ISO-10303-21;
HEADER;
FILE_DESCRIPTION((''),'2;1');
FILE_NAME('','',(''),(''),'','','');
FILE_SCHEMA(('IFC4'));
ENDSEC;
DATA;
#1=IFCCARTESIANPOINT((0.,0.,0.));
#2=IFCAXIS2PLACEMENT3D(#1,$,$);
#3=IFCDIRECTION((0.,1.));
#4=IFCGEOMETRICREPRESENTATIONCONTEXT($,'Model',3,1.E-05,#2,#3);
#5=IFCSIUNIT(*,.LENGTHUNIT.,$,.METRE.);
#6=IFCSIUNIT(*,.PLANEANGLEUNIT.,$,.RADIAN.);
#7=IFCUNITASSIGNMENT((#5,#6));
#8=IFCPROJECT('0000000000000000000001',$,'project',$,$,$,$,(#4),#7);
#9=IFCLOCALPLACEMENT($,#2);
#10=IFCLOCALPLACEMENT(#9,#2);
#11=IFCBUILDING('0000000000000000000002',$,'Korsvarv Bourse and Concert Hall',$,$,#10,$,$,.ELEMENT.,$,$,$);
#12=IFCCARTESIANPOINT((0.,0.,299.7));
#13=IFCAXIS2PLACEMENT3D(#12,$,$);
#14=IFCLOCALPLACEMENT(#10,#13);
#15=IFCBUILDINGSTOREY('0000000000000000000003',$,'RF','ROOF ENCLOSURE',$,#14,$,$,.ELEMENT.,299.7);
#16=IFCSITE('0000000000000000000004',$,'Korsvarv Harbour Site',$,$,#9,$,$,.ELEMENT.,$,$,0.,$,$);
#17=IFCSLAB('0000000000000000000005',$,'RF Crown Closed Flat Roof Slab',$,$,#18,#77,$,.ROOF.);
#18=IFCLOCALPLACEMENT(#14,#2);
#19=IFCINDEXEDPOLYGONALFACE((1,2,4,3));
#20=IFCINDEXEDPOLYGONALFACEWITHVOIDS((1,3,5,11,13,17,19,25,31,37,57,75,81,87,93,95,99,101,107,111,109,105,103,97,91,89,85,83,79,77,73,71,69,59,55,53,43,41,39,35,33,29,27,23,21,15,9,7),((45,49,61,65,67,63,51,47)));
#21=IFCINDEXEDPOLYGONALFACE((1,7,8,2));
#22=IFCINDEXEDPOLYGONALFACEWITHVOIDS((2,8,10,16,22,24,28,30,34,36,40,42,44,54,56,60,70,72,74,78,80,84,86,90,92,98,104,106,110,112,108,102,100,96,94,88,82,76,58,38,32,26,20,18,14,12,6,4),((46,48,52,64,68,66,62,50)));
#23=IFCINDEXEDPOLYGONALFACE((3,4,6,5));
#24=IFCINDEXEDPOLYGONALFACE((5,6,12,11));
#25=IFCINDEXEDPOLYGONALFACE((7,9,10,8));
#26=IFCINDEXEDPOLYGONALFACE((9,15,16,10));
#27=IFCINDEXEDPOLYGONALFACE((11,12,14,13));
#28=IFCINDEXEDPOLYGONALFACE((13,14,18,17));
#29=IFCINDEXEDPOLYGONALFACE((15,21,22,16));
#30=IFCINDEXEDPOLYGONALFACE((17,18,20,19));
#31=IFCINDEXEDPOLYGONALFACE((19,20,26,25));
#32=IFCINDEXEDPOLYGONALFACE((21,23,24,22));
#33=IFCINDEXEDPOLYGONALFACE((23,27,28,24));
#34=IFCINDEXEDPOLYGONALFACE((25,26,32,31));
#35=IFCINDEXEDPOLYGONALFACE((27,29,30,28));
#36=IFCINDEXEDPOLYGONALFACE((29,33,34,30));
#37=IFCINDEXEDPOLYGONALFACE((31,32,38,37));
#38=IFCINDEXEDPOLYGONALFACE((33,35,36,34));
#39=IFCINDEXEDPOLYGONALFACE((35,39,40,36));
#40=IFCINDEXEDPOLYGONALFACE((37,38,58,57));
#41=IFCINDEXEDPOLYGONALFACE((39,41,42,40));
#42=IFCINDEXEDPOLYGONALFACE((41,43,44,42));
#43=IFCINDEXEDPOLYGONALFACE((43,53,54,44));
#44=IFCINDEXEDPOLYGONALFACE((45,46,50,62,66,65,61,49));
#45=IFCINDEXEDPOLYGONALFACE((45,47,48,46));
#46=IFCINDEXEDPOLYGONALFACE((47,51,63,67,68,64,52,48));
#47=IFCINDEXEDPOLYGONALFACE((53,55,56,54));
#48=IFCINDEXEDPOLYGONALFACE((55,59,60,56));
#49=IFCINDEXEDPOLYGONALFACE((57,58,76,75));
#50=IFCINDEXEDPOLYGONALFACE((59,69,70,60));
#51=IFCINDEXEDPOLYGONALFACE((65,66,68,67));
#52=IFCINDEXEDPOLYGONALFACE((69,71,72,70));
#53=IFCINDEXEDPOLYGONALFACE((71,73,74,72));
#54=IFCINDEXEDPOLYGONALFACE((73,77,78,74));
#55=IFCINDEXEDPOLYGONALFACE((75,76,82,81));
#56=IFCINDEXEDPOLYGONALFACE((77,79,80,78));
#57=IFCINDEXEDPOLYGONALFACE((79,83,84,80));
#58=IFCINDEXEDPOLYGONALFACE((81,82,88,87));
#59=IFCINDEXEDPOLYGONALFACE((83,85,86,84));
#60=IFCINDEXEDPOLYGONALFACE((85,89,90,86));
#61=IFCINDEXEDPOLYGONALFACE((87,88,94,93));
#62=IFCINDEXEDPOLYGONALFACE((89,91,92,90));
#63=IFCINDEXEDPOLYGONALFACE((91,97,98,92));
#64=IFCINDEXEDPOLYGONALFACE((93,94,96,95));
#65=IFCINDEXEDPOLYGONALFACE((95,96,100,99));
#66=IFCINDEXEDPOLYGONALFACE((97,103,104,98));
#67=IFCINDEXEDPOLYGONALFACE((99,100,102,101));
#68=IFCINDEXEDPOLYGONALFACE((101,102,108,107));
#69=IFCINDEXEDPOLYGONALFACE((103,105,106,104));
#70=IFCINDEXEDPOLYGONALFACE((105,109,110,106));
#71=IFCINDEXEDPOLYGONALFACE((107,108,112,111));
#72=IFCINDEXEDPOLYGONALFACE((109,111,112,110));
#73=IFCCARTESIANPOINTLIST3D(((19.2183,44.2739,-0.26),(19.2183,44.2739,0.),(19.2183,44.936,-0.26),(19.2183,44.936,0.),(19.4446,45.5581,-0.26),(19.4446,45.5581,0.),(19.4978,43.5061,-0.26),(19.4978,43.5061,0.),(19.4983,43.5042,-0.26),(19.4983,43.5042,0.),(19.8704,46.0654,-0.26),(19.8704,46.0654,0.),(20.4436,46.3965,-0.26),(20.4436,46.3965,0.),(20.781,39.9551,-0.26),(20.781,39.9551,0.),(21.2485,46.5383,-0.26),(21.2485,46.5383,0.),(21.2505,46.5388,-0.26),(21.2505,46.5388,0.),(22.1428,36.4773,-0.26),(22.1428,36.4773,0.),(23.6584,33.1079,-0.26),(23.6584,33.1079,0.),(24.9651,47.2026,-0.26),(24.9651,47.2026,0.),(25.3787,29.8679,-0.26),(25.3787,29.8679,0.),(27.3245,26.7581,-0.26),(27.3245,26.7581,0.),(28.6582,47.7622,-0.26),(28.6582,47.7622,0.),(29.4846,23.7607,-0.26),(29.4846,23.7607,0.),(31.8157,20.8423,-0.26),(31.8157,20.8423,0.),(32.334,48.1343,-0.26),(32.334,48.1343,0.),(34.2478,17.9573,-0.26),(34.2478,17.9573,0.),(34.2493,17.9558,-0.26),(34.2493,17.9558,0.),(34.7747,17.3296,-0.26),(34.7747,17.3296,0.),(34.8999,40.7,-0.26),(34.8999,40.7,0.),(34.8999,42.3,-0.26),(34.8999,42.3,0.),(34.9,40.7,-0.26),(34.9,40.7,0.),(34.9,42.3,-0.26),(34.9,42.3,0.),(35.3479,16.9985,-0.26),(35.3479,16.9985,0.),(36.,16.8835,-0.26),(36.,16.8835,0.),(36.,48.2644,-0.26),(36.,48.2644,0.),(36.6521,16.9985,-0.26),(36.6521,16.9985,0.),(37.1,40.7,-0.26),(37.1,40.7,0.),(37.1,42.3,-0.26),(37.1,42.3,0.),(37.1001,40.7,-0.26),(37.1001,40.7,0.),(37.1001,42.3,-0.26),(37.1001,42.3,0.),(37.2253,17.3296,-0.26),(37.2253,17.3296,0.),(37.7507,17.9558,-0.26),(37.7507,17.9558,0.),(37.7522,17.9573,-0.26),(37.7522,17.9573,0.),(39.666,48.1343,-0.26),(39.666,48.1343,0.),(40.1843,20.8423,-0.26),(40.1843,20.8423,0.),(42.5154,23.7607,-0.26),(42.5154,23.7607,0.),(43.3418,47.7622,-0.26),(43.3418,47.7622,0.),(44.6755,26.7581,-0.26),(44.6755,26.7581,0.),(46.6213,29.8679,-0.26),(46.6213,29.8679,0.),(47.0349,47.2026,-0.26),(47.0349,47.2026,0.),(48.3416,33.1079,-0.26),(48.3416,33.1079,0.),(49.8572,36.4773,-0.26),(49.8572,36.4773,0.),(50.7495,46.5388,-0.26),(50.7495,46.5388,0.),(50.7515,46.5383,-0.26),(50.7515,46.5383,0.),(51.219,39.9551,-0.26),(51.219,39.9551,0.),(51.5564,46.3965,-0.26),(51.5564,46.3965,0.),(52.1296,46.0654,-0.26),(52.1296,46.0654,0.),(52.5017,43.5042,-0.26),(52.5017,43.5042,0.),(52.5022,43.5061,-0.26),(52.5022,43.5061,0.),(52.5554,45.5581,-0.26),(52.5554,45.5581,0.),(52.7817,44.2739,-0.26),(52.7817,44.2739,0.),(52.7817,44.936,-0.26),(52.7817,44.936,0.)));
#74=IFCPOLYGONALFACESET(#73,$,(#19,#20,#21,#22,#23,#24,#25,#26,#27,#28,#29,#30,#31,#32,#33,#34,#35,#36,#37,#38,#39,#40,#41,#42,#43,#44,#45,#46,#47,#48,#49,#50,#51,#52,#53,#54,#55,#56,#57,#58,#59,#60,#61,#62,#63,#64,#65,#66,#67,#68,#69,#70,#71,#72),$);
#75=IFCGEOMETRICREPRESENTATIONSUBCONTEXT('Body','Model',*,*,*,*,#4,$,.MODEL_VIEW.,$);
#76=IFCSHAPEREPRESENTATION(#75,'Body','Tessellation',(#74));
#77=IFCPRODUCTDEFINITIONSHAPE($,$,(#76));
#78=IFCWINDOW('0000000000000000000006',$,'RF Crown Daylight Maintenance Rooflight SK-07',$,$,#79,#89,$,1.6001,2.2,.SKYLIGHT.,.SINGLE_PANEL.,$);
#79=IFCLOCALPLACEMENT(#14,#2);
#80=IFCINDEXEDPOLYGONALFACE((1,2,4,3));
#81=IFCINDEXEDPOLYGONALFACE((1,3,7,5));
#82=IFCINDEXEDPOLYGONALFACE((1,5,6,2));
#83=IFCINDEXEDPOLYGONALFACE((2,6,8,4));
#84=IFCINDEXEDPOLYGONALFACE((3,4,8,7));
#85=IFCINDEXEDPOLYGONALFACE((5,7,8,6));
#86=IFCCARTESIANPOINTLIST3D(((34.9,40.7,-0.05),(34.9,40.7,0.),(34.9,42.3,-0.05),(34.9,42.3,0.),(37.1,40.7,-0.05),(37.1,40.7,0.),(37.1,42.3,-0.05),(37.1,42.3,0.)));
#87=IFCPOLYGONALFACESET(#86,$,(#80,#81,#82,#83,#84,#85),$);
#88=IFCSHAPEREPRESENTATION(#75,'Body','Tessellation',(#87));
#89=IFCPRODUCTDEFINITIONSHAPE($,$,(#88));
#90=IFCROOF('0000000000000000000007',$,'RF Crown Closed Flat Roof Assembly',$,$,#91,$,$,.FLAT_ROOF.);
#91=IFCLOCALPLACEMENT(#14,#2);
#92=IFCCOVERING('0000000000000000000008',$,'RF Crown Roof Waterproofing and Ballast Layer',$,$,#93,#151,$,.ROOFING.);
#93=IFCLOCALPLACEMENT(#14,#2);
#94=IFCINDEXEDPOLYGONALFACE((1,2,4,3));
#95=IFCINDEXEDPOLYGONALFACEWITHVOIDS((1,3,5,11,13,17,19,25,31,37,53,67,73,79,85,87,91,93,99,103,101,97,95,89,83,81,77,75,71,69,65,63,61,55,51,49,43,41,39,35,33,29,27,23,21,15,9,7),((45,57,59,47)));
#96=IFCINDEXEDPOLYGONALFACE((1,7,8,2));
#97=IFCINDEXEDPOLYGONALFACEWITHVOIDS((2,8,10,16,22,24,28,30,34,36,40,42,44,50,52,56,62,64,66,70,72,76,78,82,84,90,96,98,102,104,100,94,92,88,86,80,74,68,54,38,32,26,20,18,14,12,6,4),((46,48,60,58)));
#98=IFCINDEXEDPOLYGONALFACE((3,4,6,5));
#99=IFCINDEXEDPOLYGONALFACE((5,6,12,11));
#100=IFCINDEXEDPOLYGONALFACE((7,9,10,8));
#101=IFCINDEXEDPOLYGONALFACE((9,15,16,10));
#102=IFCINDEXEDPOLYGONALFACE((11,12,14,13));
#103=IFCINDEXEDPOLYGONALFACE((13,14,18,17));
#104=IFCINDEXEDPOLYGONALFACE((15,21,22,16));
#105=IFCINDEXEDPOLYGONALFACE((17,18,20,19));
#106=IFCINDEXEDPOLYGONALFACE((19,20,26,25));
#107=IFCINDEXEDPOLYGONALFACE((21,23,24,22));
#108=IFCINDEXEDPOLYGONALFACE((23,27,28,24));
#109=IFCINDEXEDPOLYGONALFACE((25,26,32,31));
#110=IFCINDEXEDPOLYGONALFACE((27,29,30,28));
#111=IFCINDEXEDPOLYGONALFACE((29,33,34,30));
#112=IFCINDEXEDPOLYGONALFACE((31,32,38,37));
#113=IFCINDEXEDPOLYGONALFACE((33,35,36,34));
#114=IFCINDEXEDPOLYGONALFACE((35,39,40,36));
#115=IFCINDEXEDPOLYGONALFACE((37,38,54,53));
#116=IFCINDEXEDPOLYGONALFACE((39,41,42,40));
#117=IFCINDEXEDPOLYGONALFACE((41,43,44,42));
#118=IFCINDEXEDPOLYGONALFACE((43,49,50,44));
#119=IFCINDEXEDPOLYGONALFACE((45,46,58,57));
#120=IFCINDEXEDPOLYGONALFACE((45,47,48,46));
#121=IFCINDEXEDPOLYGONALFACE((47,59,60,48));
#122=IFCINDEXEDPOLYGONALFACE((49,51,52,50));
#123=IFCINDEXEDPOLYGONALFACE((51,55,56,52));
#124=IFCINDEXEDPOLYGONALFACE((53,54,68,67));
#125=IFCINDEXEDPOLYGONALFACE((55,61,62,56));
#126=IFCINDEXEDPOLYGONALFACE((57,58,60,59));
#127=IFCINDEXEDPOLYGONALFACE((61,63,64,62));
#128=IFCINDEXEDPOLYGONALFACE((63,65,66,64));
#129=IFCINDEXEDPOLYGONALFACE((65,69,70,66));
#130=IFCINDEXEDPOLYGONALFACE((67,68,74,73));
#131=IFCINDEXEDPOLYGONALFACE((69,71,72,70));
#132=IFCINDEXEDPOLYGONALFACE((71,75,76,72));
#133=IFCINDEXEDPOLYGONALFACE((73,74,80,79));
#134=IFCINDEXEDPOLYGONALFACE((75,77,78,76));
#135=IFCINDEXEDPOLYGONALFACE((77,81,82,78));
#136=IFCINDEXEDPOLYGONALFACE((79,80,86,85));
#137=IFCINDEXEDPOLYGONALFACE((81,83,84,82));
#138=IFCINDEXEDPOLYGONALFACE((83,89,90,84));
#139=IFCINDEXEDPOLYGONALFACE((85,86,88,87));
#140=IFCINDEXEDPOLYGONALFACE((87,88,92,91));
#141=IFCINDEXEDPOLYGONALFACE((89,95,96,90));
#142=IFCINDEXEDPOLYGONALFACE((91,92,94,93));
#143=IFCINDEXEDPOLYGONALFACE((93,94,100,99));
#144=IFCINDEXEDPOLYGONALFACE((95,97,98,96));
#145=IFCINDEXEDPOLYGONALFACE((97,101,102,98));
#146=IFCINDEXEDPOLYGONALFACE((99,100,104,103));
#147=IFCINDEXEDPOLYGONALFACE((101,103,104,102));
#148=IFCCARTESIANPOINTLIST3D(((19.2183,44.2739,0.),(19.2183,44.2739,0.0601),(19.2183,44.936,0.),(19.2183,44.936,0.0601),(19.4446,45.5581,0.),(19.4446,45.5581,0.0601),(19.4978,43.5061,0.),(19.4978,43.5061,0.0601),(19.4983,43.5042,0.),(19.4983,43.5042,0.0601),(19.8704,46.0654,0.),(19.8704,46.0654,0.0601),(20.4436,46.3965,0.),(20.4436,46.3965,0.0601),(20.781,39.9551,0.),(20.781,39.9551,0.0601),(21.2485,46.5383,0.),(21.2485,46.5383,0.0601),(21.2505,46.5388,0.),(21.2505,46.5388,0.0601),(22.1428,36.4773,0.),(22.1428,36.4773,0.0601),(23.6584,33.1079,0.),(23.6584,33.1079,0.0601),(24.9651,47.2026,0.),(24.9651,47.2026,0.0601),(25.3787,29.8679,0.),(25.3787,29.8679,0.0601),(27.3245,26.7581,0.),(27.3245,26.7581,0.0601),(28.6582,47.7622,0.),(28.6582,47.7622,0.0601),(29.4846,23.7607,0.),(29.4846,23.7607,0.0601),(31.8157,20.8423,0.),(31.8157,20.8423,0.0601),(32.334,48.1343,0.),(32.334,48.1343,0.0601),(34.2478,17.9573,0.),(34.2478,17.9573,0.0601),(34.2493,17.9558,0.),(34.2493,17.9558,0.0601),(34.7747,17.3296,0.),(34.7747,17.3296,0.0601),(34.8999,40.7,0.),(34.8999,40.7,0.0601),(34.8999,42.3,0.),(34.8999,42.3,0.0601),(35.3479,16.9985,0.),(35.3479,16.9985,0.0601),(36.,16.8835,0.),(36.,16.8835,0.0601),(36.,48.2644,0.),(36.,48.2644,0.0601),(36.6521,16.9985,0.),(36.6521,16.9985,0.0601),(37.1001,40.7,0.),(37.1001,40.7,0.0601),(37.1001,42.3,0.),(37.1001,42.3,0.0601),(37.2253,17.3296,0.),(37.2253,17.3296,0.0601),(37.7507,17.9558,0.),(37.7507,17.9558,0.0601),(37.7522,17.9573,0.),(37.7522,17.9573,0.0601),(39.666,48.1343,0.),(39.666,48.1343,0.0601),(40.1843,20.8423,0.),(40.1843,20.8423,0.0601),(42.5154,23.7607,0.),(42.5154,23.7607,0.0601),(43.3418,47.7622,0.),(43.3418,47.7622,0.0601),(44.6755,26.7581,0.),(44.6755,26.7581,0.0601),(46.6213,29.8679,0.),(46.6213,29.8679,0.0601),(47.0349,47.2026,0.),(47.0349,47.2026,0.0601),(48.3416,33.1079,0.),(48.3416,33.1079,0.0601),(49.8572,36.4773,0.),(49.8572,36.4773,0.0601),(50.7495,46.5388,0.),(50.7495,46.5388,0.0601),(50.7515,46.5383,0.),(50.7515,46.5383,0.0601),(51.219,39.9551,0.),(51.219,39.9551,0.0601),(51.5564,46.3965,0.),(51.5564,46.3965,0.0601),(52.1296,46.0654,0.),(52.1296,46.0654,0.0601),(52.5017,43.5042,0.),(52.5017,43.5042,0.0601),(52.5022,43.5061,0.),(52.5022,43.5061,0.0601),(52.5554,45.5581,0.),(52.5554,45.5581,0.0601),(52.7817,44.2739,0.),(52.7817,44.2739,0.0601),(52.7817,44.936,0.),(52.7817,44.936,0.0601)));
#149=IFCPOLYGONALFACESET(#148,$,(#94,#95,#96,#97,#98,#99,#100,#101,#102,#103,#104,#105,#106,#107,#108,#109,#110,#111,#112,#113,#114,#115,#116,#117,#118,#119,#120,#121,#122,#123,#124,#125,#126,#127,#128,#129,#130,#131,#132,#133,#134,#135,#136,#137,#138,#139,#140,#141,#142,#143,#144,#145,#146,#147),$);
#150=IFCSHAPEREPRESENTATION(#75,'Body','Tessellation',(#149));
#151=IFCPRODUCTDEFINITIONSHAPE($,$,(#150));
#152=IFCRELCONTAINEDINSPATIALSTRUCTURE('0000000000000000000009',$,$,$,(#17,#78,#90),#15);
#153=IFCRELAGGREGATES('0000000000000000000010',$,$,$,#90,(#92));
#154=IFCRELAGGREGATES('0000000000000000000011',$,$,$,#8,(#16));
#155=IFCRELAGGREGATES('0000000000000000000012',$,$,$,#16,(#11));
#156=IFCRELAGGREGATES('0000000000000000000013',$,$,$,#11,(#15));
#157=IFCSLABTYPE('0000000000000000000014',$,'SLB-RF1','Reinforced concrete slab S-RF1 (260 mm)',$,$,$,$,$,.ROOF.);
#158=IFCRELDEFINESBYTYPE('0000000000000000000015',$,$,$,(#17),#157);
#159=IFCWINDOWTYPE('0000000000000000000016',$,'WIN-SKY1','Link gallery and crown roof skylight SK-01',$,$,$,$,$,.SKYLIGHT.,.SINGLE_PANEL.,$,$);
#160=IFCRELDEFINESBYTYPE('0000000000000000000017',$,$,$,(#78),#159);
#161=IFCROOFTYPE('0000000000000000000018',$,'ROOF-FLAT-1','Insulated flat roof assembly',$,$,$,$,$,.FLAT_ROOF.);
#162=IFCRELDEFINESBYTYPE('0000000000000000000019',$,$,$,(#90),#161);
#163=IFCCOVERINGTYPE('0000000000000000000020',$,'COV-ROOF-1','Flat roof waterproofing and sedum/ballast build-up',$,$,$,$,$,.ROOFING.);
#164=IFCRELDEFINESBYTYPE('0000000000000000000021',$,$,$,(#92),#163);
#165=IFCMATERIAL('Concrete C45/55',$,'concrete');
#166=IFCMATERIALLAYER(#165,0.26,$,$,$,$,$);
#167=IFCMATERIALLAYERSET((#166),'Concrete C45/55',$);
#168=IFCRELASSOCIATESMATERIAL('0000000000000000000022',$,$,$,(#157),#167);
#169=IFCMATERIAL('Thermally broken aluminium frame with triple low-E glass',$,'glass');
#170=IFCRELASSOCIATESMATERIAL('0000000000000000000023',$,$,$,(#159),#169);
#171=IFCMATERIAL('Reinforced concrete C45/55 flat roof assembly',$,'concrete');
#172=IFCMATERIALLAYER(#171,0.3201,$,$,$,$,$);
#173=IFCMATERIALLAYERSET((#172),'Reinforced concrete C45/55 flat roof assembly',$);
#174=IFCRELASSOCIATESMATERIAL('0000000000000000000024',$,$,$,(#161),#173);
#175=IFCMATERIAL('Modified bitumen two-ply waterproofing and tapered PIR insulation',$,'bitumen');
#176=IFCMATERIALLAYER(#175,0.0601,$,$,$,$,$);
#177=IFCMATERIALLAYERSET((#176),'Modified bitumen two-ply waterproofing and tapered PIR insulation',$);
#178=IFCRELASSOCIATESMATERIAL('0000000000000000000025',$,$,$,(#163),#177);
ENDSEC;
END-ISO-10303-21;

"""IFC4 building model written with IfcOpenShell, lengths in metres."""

from ifc_helpers import new_model, si_unit, direction, frame, origin, origin_2d, place, context, subcontext, project, spatial, polyline, rectangle, outline, extrude, material, layer, layer_set, type_object, element, fill, aggregate, save


model = new_model("IFC4")

# Units and contexts
model_context = context("Model", 3, precision=1e-05, world=origin(), true_north=direction((0.0, 1.0)))
body_context = subcontext(model_context, "Body", "Model", "MODEL_VIEW")
ifc_project = project(units=[si_unit("LENGTHUNIT", "METRE"), si_unit("PLANEANGLEUNIT", "RADIAN")], contexts=[model_context])

# Site, building, storey
site_placement = place(None, origin())
site = spatial("IfcSite", under=ifc_project, at=site_placement, Name="Korsvarv Harbour Site", CompositionType="ELEMENT", RefElevation=0.0)
building_placement = place(site_placement, origin())
building = spatial("IfcBuilding", under=site, at=building_placement, Name="Korsvarv Bourse and Concert Hall", CompositionType="ELEMENT")
storey_placement = place(building_placement, frame((0.0, 0.0, 299.7)))
storey = spatial("IfcBuildingStorey", under=building, at=storey_placement, Name="RF", Description="ROOF ENCLOSURE", CompositionType="ELEMENT", Elevation=299.7)

# Slab, opening, window
ifc_material_1 = material(Name="Concrete C45/55", Category="concrete")
ifc_layer_1 = layer(ifc_material_1, 0.26)
ifc_layer_set_1 = layer_set([ifc_layer_1], Name="Concrete C45/55")
slab_type = type_object("IfcSlabType", Name="SLB-RF1", Description="Reinforced concrete slab S-RF1 (260 mm)", PredefinedType="ROOF", material=ifc_layer_set_1)
slab_placement = place(storey_placement, frame((0.0, 0.0, -0.26)))
slab = element("IfcSlab", 1, at=slab_placement, inside=storey, type_object=slab_type, Name="RF Crown Closed Flat Roof Slab", PredefinedType="ROOF", context=body_context, shape_type="SweptSolid", body=[
    extrude(outline(polyline([(52.5017, 43.5042), (51.219, 39.9551), (49.8572, 36.4773), (48.3416, 33.1079), (46.6213, 29.8679), (44.6755, 26.7581), (42.5154, 23.7607), (40.1843, 20.8423), (37.7522, 17.9573), (37.7507, 17.9558), (37.2253, 17.3296), (36.6521, 16.9985), (36.0, 16.8835), (35.3479, 16.9985), (34.7747, 17.3296), (34.2493, 17.9558), (34.2478, 17.9573), (31.8157, 20.8423), (29.4846, 23.7607), (27.3245, 26.7581), (25.3787, 29.8679), (23.6584, 33.1079), (22.1428, 36.4773), (20.781, 39.9551), (19.4983, 43.5042), (19.4978, 43.5061), (19.2183, 44.2739), (19.2183, 44.936), (19.4446, 45.5581), (19.8704, 46.0654), (20.4436, 46.3965), (21.2485, 46.5383), (21.2505, 46.5388), (24.9651, 47.2026), (28.6582, 47.7622), (32.334, 48.1343), (36.0, 48.2644), (39.666, 48.1343), (43.3418, 47.7622), (47.0349, 47.2026), (50.7495, 46.5388), (50.7515, 46.5383), (51.5564, 46.3965), (52.1296, 46.0654), (52.5554, 45.5581), (52.7817, 44.936), (52.7817, 44.2739), (52.5022, 43.5061), (52.5017, 43.5042)]), holes=[polyline([(34.8999, 40.7), (37.1001, 40.7), (37.1001, 42.3), (34.8999, 42.3), (34.8999, 40.7)])]), origin(), (0.0, 0.0, 1.0), 0.26),
])
opening_placement = place(slab_placement, frame((36.0, 41.5, -0.01)))
opening = element("IfcOpeningElement", 2, at=opening_placement, cuts=slab, PredefinedType="OPENING", context=body_context, shape_type="SweptSolid", body=[
    extrude(rectangle(XDim=2.2, YDim=1.6001, at=origin_2d()), origin(), (0.0, 0.0, 1.0), 0.28),
])
ifc_material_2 = material(Name="Thermally broken aluminium frame with triple low-E glass", Category="glass")
window_type = type_object("IfcWindowType", Name="WIN-SKY1", Description="Link gallery and crown roof skylight SK-01", PartitioningType="SINGLE_PANEL", PredefinedType="SKYLIGHT", material=ifc_material_2)
window_placement = place(opening_placement, frame((0.0, 0.0, 0.22)))
window = element("IfcWindow", 3, at=window_placement, inside=storey, type_object=window_type, Name="RF Crown Daylight Maintenance Rooflight SK-07", OverallHeight=1.6001, OverallWidth=2.2, PartitioningType="SINGLE_PANEL", PredefinedType="SKYLIGHT", context=body_context, shape_type="SweptSolid", body=[
    extrude(rectangle(XDim=2.2, YDim=1.6001, at=origin_2d()), origin(), (0.0, 0.0, 1.0), 0.05),
])
fill(opening, window)

# Roof, covering
ifc_material_3 = material(Name="Reinforced concrete C45/55 flat roof assembly", Category="concrete")
ifc_layer_2 = layer(ifc_material_3, 0.3201)
ifc_layer_set_2 = layer_set([ifc_layer_2], Name="Reinforced concrete C45/55 flat roof assembly")
roof_type = type_object("IfcRoofType", Name="ROOF-FLAT-1", Description="Insulated flat roof assembly", PredefinedType="FLAT_ROOF", material=ifc_layer_set_2)
roof_placement = place(storey_placement, origin())
roof = element("IfcRoof", 4, at=roof_placement, inside=storey, type_object=roof_type, Name="RF Crown Closed Flat Roof Assembly", PredefinedType="FLAT_ROOF")
ifc_material_4 = material(Name="Modified bitumen two-ply waterproofing and tapered PIR insulation", Category="bitumen")
ifc_layer_3 = layer(ifc_material_4, 0.0601)
ifc_layer_set_3 = layer_set([ifc_layer_3], Name="Modified bitumen two-ply waterproofing and tapered PIR insulation")
covering_type = type_object("IfcCoveringType", Name="COV-ROOF-1", Description="Flat roof waterproofing and sedum/ballast build-up", PredefinedType="ROOFING", material=ifc_layer_set_3)
covering_placement = place(storey_placement, origin())
covering = element("IfcCovering", 5, at=covering_placement, type_object=covering_type, Name="RF Crown Roof Waterproofing and Ballast Layer", PredefinedType="ROOFING", context=body_context, shape_type="SweptSolid", body=[
    extrude(outline(polyline([(52.5017, 43.5042), (51.219, 39.9551), (49.8572, 36.4773), (48.3416, 33.1079), (46.6213, 29.8679), (44.6755, 26.7581), (42.5154, 23.7607), (40.1843, 20.8423), (37.7522, 17.9573), (37.7507, 17.9558), (37.2253, 17.3296), (36.6521, 16.9985), (36.0, 16.8835), (35.3479, 16.9985), (34.7747, 17.3296), (34.2493, 17.9558), (34.2478, 17.9573), (31.8157, 20.8423), (29.4846, 23.7607), (27.3245, 26.7581), (25.3787, 29.8679), (23.6584, 33.1079), (22.1428, 36.4773), (20.781, 39.9551), (19.4983, 43.5042), (19.4978, 43.5061), (19.2183, 44.2739), (19.2183, 44.936), (19.4446, 45.5581), (19.8704, 46.0654), (20.4436, 46.3965), (21.2485, 46.5383), (21.2505, 46.5388), (24.9651, 47.2026), (28.6582, 47.7622), (32.334, 48.1343), (36.0, 48.2644), (39.666, 48.1343), (43.3418, 47.7622), (47.0349, 47.2026), (50.7495, 46.5388), (50.7515, 46.5383), (51.5564, 46.3965), (52.1296, 46.0654), (52.5554, 45.5581), (52.7817, 44.936), (52.7817, 44.2739), (52.5022, 43.5061), (52.5017, 43.5042)]), holes=[polyline([(34.8999, 40.7), (37.1001, 40.7), (37.1001, 42.3), (34.8999, 42.3), (34.8999, 40.7)])]), origin(), (0.0, 0.0, 1.0), 0.0601),
])
aggregate(roof, [covering])

save(model, "model.ifc")
